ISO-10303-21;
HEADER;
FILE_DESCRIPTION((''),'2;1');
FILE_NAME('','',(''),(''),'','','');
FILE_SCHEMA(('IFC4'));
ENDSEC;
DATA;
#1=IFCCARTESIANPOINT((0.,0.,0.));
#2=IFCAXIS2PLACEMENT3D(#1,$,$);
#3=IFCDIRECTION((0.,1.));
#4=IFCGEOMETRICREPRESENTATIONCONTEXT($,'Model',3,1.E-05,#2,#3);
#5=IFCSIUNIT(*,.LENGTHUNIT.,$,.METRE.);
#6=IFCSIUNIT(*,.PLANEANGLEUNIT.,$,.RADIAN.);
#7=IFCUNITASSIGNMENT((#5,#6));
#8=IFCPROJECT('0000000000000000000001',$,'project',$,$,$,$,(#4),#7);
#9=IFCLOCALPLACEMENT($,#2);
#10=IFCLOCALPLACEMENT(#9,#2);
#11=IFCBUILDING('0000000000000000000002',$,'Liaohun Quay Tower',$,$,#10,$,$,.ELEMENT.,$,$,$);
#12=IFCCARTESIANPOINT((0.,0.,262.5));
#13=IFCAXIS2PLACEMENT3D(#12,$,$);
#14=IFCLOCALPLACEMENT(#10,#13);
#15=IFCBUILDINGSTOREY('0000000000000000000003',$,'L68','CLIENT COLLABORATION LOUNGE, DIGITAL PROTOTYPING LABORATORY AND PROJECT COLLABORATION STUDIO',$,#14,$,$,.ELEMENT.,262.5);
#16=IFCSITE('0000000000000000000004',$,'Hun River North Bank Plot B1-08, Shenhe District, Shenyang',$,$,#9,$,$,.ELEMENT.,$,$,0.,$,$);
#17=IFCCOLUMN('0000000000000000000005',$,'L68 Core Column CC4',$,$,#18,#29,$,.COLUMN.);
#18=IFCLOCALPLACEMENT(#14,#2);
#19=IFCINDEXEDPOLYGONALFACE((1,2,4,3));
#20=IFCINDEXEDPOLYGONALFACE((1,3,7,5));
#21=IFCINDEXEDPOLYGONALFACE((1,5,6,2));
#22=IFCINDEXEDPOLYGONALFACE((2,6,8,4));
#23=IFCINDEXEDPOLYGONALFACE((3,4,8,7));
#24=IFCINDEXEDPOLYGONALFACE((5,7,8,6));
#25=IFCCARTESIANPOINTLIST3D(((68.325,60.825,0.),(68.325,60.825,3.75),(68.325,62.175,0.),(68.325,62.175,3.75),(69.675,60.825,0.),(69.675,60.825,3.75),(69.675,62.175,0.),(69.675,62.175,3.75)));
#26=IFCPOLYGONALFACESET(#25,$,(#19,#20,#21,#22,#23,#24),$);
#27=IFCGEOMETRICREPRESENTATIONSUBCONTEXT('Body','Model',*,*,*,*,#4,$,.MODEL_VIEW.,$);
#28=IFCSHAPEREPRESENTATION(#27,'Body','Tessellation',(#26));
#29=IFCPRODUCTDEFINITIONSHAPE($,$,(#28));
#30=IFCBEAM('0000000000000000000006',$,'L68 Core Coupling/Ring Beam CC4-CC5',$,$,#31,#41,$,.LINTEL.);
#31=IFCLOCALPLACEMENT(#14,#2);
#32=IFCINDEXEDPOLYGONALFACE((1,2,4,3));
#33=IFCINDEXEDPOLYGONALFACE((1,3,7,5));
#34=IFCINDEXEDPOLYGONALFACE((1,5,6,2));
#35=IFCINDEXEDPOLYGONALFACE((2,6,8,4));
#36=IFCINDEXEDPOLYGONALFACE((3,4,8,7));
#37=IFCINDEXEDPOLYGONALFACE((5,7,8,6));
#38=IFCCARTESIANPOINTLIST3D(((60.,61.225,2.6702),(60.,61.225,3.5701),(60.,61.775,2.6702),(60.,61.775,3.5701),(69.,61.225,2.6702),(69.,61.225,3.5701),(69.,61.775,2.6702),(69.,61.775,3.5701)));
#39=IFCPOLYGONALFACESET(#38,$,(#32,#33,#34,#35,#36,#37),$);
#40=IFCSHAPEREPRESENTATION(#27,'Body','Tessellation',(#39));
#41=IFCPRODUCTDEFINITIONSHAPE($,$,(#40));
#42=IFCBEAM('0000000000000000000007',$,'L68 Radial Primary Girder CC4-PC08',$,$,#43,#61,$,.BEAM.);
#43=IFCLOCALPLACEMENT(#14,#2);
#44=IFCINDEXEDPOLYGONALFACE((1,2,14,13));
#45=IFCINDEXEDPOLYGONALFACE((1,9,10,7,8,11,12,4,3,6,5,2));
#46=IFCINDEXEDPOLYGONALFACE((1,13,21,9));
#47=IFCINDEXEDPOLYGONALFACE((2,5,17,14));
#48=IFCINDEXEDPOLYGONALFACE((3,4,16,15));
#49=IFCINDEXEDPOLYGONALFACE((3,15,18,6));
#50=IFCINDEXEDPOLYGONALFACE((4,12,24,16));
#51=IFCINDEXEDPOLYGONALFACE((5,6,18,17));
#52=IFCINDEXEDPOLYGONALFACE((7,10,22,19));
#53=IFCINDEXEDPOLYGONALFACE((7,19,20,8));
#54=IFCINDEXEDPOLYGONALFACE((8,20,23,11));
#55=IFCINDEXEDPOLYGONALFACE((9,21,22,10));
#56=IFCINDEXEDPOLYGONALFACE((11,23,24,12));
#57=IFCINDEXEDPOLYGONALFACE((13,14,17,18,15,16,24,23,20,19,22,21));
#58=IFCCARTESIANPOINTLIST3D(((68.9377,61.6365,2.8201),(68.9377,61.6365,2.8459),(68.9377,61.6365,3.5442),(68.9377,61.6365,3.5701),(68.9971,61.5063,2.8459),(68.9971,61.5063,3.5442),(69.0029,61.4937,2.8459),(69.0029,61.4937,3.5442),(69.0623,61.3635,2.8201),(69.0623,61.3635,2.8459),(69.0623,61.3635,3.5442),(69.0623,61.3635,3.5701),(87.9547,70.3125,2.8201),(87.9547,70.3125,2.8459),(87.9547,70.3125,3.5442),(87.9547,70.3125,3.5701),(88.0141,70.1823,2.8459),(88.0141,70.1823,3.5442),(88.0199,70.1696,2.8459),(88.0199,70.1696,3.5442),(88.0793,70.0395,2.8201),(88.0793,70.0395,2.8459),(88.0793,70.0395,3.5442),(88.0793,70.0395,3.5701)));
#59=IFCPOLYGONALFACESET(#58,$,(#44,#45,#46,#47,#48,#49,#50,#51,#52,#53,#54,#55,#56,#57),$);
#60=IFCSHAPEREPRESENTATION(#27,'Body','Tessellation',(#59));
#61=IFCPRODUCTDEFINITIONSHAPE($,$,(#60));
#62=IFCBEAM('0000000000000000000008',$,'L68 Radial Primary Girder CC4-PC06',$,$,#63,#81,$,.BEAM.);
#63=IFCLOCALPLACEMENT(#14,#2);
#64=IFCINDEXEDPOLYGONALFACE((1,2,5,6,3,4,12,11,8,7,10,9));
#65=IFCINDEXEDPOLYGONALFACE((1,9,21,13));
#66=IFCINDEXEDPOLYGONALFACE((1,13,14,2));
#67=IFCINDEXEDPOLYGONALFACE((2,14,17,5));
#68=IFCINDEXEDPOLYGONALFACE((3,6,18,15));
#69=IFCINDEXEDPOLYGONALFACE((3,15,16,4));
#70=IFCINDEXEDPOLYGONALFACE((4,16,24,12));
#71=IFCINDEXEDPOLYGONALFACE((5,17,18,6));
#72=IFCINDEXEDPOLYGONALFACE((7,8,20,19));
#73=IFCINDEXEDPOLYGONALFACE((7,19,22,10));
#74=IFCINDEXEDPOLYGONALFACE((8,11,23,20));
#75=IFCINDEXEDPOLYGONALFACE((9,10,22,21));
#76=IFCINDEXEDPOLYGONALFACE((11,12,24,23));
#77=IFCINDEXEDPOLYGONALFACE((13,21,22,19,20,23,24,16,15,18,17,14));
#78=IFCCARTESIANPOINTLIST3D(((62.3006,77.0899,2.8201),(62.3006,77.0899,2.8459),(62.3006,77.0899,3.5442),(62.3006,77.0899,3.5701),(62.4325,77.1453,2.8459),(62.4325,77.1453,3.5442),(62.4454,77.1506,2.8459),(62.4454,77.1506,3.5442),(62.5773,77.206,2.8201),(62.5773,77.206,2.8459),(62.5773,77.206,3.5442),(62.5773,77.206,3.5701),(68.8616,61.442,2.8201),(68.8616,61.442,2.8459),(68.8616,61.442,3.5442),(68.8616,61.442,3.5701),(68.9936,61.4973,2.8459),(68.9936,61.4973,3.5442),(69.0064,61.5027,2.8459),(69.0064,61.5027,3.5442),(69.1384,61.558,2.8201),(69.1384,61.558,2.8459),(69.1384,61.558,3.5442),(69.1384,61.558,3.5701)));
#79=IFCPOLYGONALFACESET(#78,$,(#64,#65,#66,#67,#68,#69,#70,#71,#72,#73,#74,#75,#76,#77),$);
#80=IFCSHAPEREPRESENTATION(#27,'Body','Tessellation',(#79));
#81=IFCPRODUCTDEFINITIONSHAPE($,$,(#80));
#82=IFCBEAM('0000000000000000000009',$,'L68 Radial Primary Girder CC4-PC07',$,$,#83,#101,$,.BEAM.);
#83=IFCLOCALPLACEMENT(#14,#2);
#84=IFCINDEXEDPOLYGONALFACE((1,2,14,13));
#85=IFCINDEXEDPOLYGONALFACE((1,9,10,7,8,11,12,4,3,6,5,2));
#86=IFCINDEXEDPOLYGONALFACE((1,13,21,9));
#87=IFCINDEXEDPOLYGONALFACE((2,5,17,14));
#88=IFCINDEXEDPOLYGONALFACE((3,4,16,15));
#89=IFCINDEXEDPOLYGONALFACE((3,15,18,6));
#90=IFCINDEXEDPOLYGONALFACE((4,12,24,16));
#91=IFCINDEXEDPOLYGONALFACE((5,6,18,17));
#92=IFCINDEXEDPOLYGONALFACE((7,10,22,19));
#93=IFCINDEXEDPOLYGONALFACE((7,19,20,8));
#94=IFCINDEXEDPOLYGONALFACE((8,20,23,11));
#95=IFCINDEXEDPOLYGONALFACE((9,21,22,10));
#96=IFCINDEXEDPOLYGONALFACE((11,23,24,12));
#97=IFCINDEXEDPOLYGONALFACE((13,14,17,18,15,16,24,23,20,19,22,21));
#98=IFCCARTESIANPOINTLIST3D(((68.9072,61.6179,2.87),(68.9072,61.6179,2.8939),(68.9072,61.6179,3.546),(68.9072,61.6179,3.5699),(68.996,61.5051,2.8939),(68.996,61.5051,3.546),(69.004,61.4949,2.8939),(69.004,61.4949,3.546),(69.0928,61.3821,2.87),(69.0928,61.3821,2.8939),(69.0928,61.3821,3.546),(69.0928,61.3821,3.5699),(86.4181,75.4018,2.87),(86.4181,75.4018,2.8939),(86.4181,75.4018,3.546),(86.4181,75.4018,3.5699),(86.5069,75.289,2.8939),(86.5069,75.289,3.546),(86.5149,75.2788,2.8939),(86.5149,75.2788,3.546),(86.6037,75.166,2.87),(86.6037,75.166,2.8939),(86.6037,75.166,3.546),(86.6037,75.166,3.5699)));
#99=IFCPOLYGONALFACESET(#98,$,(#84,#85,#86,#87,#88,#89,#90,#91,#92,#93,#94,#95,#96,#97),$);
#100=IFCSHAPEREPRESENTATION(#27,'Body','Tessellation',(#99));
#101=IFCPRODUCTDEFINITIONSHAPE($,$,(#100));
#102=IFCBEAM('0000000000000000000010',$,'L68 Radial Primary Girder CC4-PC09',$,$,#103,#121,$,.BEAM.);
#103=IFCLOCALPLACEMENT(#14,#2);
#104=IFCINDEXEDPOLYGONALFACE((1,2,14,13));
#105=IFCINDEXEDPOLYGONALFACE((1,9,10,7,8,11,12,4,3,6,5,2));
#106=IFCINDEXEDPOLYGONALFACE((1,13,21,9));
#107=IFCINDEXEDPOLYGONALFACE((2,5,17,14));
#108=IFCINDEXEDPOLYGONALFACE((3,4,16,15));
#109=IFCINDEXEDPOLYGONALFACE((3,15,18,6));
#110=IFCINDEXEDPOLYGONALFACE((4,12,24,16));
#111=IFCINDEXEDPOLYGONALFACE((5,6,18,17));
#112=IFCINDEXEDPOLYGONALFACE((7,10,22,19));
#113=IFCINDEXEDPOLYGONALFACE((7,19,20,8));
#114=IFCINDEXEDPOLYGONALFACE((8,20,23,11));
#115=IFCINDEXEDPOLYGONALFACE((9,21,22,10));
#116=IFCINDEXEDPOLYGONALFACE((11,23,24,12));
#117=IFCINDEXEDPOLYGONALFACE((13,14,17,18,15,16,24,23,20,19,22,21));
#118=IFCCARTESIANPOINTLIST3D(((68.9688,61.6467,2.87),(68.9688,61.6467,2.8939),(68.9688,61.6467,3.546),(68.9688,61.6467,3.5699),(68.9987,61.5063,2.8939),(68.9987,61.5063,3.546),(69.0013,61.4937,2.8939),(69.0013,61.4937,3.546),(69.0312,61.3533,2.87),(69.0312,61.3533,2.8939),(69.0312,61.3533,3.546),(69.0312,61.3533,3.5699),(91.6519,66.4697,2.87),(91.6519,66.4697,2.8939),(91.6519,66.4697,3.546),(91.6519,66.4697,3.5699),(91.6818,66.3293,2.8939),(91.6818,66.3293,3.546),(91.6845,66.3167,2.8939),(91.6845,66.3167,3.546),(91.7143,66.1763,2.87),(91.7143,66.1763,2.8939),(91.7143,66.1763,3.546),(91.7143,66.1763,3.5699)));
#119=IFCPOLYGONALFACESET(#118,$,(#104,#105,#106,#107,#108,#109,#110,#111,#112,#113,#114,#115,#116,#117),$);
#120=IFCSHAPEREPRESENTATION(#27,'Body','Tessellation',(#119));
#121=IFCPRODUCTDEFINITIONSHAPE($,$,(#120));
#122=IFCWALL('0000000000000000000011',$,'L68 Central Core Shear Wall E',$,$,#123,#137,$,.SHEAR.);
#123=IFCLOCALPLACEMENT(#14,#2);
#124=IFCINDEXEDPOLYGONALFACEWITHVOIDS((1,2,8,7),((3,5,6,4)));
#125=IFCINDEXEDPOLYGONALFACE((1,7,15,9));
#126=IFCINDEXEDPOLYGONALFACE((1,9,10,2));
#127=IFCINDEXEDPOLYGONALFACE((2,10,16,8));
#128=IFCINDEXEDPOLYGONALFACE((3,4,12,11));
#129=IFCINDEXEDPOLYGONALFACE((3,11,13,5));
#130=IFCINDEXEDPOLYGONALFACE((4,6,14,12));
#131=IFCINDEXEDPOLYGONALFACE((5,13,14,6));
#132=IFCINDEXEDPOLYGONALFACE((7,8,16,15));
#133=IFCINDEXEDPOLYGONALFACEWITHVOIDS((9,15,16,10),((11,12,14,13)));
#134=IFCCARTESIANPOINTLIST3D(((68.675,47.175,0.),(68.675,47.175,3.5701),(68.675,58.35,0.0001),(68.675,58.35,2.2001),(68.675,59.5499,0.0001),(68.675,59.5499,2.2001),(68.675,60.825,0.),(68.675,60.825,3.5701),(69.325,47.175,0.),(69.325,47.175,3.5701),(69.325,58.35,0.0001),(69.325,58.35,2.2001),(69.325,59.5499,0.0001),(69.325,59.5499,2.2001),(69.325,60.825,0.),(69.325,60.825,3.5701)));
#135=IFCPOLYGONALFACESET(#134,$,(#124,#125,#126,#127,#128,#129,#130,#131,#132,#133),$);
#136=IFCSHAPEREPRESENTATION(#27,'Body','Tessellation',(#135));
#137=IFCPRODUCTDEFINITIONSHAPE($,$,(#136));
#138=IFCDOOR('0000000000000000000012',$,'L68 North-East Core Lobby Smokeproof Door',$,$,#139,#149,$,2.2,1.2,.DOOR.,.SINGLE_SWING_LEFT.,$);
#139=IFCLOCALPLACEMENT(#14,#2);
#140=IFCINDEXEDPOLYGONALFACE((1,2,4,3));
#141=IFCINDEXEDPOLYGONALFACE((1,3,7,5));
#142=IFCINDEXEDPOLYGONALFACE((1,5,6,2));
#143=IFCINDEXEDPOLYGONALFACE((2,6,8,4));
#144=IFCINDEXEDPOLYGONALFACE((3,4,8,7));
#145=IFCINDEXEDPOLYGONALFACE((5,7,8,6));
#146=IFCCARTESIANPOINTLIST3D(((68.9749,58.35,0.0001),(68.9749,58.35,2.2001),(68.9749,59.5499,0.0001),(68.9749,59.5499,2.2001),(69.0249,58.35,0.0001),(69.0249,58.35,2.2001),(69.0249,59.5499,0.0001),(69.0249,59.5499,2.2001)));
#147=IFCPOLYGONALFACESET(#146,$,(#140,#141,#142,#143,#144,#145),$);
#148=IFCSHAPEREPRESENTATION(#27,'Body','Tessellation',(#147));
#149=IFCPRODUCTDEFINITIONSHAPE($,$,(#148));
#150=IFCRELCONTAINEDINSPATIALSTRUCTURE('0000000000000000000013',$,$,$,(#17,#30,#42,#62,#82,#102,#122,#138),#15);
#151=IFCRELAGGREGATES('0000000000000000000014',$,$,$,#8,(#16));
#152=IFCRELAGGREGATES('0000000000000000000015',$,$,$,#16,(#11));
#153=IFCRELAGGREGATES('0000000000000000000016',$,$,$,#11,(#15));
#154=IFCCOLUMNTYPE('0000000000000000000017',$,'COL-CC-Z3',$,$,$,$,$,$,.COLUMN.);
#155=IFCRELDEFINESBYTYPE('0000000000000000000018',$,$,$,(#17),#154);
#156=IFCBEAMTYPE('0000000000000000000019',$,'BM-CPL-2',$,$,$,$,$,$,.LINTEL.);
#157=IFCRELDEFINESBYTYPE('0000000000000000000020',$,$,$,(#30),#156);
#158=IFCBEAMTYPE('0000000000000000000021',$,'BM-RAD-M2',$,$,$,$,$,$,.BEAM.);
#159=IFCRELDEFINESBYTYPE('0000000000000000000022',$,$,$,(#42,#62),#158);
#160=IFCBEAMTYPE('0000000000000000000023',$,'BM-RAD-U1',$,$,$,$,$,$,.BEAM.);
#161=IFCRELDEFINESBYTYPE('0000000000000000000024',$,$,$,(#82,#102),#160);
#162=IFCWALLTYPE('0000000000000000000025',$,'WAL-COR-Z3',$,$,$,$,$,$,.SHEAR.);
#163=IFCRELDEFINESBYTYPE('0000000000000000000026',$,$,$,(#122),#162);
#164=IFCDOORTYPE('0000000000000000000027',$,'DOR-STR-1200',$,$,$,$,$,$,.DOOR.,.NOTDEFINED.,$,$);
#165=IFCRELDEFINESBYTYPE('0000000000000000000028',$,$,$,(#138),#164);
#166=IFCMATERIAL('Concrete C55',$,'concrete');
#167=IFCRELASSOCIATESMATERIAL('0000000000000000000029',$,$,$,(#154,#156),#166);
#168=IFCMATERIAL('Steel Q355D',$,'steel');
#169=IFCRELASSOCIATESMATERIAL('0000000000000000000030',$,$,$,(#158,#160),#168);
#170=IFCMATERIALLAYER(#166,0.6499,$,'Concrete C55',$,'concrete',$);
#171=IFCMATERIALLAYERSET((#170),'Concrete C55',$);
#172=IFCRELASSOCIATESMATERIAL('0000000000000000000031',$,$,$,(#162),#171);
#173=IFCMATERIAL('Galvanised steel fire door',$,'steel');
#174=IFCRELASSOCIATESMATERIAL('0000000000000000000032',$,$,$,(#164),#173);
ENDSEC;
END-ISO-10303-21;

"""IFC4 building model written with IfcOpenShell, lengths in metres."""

from ifc_helpers import new_model, si_unit, direction, frame, frame_2d, origin, origin_2d, place, context, subcontext, project, spatial, rectangle, i_section, extrude, source, transform, mapped, material, layer, layer_set, material_profile, profile_set, type_object, element, fill, save


model = new_model("IFC4")

# Units and contexts
model_context = context("Model", 3, precision=1e-05, world=origin(), true_north=direction((0.0, 1.0)))
body_context = subcontext(model_context, "Body", "Model", "MODEL_VIEW")
ifc_project = project(units=[si_unit("LENGTHUNIT", "METRE"), si_unit("PLANEANGLEUNIT", "RADIAN")], contexts=[model_context])

# Site, building, storey
site_placement = place(None, origin())
site = spatial("IfcSite", under=ifc_project, at=site_placement, Name="Hun River North Bank Plot B1-08, Shenhe District, Shenyang", CompositionType="ELEMENT", RefElevation=0.0)
building_placement = place(site_placement, origin())
building = spatial("IfcBuilding", under=site, at=building_placement, Name="Liaohun Quay Tower", CompositionType="ELEMENT")
storey_placement = place(building_placement, frame((0.0, 0.0, 262.5)))
storey = spatial("IfcBuildingStorey", under=building, at=storey_placement, Name="L68", Description="CLIENT COLLABORATION LOUNGE, DIGITAL PROTOTYPING LABORATORY AND PROJECT COLLABORATION STUDIO", CompositionType="ELEMENT", Elevation=262.5)

# Column
ifc_material_1 = material(Name="Concrete C55", Category="concrete")
ifc_material_profile_1 = material_profile(ifc_material_1, rectangle(XDim=1.3501, YDim=1.3501, at=origin_2d()), Name="RC1350x1350")
ifc_profile_set_1 = profile_set([ifc_material_profile_1], Name="Concrete C55")
column_type = type_object("IfcColumnType", Name="COL-CC-Z3", PredefinedType="COLUMN", material=ifc_profile_set_1)
shared_shape_1 = source(origin(), body_context, "Body", "SweptSolid", [
    extrude(rectangle(XDim=1.3501, YDim=1.3501, at=origin_2d()), origin(), (0.0, 0.0, 1.0), 3.75),
])
column_placement = place(storey_placement, frame((69.0, 61.5, 0.0), z_axis=(0.0, 0.0, 1.0), x_axis=(1.0, 0.0, 0.0)))
element("IfcColumn", 1, at=column_placement, inside=storey, type_object=column_type, Name="L68 Core Column CC4", PredefinedType="COLUMN", context=body_context, shape_type="MappedRepresentation", body=[
    mapped(shared_shape_1, transform((0.0, 0.0, 0.0), x_axis=(1.0, 0.0, 0.0), y_axis=(0.0, 1.0, 0.0), z_axis=(0.0, 0.0, 1.0), scale=1.0)),
])

# Beams
ifc_material_profile_2 = material_profile(ifc_material_1, rectangle(XDim=0.55, YDim=0.8999, at=origin_2d()), Name="RC550x900")
ifc_profile_set_2 = profile_set([ifc_material_profile_2], Name="Concrete C55")
beam_type_1 = type_object("IfcBeamType", Name="BM-CPL-2", PredefinedType="LINTEL", material=ifc_profile_set_2)
shared_shape_2 = source(origin(), body_context, "Body", "SweptSolid", [
    extrude(rectangle(XDim=0.55, YDim=0.8999, at=origin_2d()), origin(), (0.0, 0.0, 1.0), 9.0),
])
beam_1_placement = place(storey_placement, frame((69.0, 61.5, 3.1201), z_axis=(-1.0, 0.0, 0.0), x_axis=(0.0, -1.0, 0.0)))
element("IfcBeam", 2, at=beam_1_placement, inside=storey, type_object=beam_type_1, Name="L68 Core Coupling/Ring Beam CC4-CC5", PredefinedType="LINTEL", context=body_context, shape_type="MappedRepresentation", body=[
    mapped(shared_shape_2, transform((0.0, 0.0, 0.0), x_axis=(1.0, 0.0, 0.0), y_axis=(0.0, 1.0, 0.0), z_axis=(0.0, 0.0, 1.0), scale=1.0)),
])
ifc_material_2 = material(Name="Steel Q355D", Category="steel")
ifc_material_profile_3 = material_profile(ifc_material_2, i_section(OverallWidth=0.3, OverallDepth=0.75, WebThickness=0.0139, FlangeThickness=0.0259, at=origin_2d()), Name="HN750x300x14x26")
ifc_profile_set_3 = profile_set([ifc_material_profile_3], Name="Steel Q355D")
beam_type_2 = type_object("IfcBeamType", Name="BM-RAD-M2", PredefinedType="BEAM", material=ifc_profile_set_3)
shared_shape_3 = source(origin(), body_context, "Body", "SweptSolid", [
    extrude(i_section(OverallWidth=0.3, OverallDepth=0.75, WebThickness=0.0139, FlangeThickness=0.0259, at=origin_2d()), origin(), (0.0, 0.0, 1.0), 20.9026),
])
beam_2_placement = place(storey_placement, frame((69.0, 61.5, 3.1951), z_axis=(0.909791, 0.415067, 0.0), x_axis=(-0.415067, 0.909791, 0.0)))
element("IfcBeam", 3, at=beam_2_placement, inside=storey, type_object=beam_type_2, Name="L68 Radial Primary Girder CC4-PC08", PredefinedType="BEAM", context=body_context, shape_type="MappedRepresentation", body=[
    mapped(shared_shape_3, transform((0.0, 0.0, 0.0), x_axis=(1.0, 0.0, 0.0), y_axis=(0.0, 1.0, 0.0), z_axis=(0.0, 0.0, 1.0), scale=1.0)),
])
shared_shape_4 = source(origin(), body_context, "Body", "SweptSolid", [
    extrude(i_section(OverallWidth=0.3, OverallDepth=0.75, WebThickness=0.0139, FlangeThickness=0.0259, at=origin_2d()), origin(), (0.0, 0.0, 1.0), 16.9678),
])
beam_3_placement = place(storey_placement, frame((69.0, 61.5, 3.1951), z_axis=(-0.386676, 0.922216, 0.0), x_axis=(-0.922216, -0.386676, 0.0)))
element("IfcBeam", 4, at=beam_3_placement, inside=storey, type_object=beam_type_2, Name="L68 Radial Primary Girder CC4-PC06", PredefinedType="BEAM", context=body_context, shape_type="MappedRepresentation", body=[
    mapped(shared_shape_4, transform((0.0, 0.0, 0.0), x_axis=(1.0, 0.0, 0.0), y_axis=(0.0, 1.0, 0.0), z_axis=(0.0, 0.0, 1.0), scale=1.0)),
])
ifc_material_profile_4 = material_profile(ifc_material_2, i_section(OverallWidth=0.3, OverallDepth=0.7, WebThickness=0.0129, FlangeThickness=0.0239, at=origin_2d()), Name="HN700x300x13x24")
ifc_profile_set_4 = profile_set([ifc_material_profile_4], Name="Steel Q355D")
beam_type_3 = type_object("IfcBeamType", Name="BM-RAD-U1", PredefinedType="BEAM", material=ifc_profile_set_4)
shared_shape_5 = source(origin(), body_context, "Body", "SweptSolid", [
    extrude(i_section(OverallWidth=0.3, OverallDepth=0.7, WebThickness=0.0129, FlangeThickness=0.0239, at=origin_2d()), origin(), (0.0, 0.0, 1.0), 22.2852),
])
beam_4_placement = place(storey_placement, frame((69.0, 61.5, 3.22), z_axis=(0.785766, 0.618523, 0.0), x_axis=(-0.618523, 0.785766, 0.0)))
element("IfcBeam", 5, at=beam_4_placement, inside=storey, type_object=beam_type_3, Name="L68 Radial Primary Girder CC4-PC07", PredefinedType="BEAM", context=body_context, shape_type="MappedRepresentation", body=[
    mapped(shared_shape_5, transform((0.0, 0.0, 0.0), x_axis=(1.0, 0.0, 0.0), y_axis=(0.0, 1.0, 0.0), z_axis=(0.0, 0.0, 1.0), scale=1.0)),
])
shared_shape_6 = source(origin(), body_context, "Body", "SweptSolid", [
    extrude(i_section(OverallWidth=0.3, OverallDepth=0.7, WebThickness=0.0129, FlangeThickness=0.0239, at=origin_2d()), origin(), (0.0, 0.0, 1.0), 23.1902),
])
beam_5_placement = place(storey_placement, frame((69.0, 61.5, 3.22), z_axis=(0.978134, 0.207976, 0.0), x_axis=(-0.207976, 0.978134, 0.0)))
element("IfcBeam", 6, at=beam_5_placement, inside=storey, type_object=beam_type_3, Name="L68 Radial Primary Girder CC4-PC09", PredefinedType="BEAM", context=body_context, shape_type="MappedRepresentation", body=[
    mapped(shared_shape_6, transform((0.0, 0.0, 0.0), x_axis=(1.0, 0.0, 0.0), y_axis=(0.0, 1.0, 0.0), z_axis=(0.0, 0.0, 1.0), scale=1.0)),
])

# Wall, opening, door
ifc_layer_1 = layer(ifc_material_1, 0.6499, Name="Concrete C55", Category="concrete")
ifc_layer_set_1 = layer_set([ifc_layer_1], Name="Concrete C55")
wall_type_1 = type_object("IfcWallType", Name="WAL-COR-Z3", PredefinedType="SHEAR", material=ifc_layer_set_1)
wall_1_placement = place(storey_placement, frame((69.0, 60.825, 0.0), z_axis=(0.0, 0.0, 1.0), x_axis=(0.0, -1.0, 0.0)))
wall_1 = element("IfcWall", 7, at=wall_1_placement, inside=storey, type_object=wall_type_1, Name="L68 Central Core Shear Wall E", PredefinedType="SHEAR", context=body_context, shape_type="SweptSolid", body=[
    extrude(rectangle(XDim=13.6499, YDim=0.6499, at=frame_2d((6.825, 0.0))), origin(), (0.0, 0.0, 1.0), 3.5701),
])
shared_shape_7 = source(origin(), body_context, "Body", "SweptSolid", [
    extrude(rectangle(XDim=1.2, YDim=2.2, at=frame_2d((0.6001, 1.1001))), frame((0.0, 0.335, 0.0), z_axis=(0.0, -1.0, 0.0), x_axis=(1.0, 0.0, 0.0)), (0.0, 0.0, 1.0), 0.6699),
])
opening_1_placement = place(wall_1_placement, frame((1.2749, 0.0, 0.0)))
opening_1 = element("IfcOpeningElement", 8, at=opening_1_placement, cuts=wall_1, PredefinedType="OPENING", context=body_context, shape_type="MappedRepresentation", body=[
    mapped(shared_shape_7, transform((0.0, 0.0, 0.0), x_axis=(1.0, 0.0, 0.0), y_axis=(0.0, 1.0, 0.0), z_axis=(0.0, 0.0, 1.0), scale=1.0)),
])
ifc_material_3 = material(Name="Galvanised steel fire door", Category="steel")
door_type_1 = type_object("IfcDoorType", Name="DOR-STR-1200", OperationType="NOTDEFINED", PredefinedType="DOOR", material=ifc_material_3)
shared_shape_8 = source(origin(), body_context, "Body", "SweptSolid", [
    extrude(rectangle(XDim=1.2, YDim=2.2, at=frame_2d((0.6001, 1.1001))), frame((0.0, 0.0249, 0.0), z_axis=(0.0, -1.0, 0.0), x_axis=(1.0, 0.0, 0.0)), (0.0, 0.0, 1.0), 0.05),
])
door_1_placement = place(opening_1_placement, origin())
door_1 = element("IfcDoor", 9, at=door_1_placement, inside=storey, type_object=door_type_1, Name="L68 North-East Core Lobby Smokeproof Door", OperationType="SINGLE_SWING_LEFT", OverallHeight=2.2, OverallWidth=1.2, PredefinedType="DOOR", context=body_context, shape_type="MappedRepresentation", body=[
    mapped(shared_shape_8, transform((0.0, 0.0, 0.0), x_axis=(1.0, 0.0, 0.0), y_axis=(0.0, 1.0, 0.0), z_axis=(0.0, 0.0, 1.0), scale=1.0)),
])
fill(opening_1, door_1)

save(model, "model.ifc")
